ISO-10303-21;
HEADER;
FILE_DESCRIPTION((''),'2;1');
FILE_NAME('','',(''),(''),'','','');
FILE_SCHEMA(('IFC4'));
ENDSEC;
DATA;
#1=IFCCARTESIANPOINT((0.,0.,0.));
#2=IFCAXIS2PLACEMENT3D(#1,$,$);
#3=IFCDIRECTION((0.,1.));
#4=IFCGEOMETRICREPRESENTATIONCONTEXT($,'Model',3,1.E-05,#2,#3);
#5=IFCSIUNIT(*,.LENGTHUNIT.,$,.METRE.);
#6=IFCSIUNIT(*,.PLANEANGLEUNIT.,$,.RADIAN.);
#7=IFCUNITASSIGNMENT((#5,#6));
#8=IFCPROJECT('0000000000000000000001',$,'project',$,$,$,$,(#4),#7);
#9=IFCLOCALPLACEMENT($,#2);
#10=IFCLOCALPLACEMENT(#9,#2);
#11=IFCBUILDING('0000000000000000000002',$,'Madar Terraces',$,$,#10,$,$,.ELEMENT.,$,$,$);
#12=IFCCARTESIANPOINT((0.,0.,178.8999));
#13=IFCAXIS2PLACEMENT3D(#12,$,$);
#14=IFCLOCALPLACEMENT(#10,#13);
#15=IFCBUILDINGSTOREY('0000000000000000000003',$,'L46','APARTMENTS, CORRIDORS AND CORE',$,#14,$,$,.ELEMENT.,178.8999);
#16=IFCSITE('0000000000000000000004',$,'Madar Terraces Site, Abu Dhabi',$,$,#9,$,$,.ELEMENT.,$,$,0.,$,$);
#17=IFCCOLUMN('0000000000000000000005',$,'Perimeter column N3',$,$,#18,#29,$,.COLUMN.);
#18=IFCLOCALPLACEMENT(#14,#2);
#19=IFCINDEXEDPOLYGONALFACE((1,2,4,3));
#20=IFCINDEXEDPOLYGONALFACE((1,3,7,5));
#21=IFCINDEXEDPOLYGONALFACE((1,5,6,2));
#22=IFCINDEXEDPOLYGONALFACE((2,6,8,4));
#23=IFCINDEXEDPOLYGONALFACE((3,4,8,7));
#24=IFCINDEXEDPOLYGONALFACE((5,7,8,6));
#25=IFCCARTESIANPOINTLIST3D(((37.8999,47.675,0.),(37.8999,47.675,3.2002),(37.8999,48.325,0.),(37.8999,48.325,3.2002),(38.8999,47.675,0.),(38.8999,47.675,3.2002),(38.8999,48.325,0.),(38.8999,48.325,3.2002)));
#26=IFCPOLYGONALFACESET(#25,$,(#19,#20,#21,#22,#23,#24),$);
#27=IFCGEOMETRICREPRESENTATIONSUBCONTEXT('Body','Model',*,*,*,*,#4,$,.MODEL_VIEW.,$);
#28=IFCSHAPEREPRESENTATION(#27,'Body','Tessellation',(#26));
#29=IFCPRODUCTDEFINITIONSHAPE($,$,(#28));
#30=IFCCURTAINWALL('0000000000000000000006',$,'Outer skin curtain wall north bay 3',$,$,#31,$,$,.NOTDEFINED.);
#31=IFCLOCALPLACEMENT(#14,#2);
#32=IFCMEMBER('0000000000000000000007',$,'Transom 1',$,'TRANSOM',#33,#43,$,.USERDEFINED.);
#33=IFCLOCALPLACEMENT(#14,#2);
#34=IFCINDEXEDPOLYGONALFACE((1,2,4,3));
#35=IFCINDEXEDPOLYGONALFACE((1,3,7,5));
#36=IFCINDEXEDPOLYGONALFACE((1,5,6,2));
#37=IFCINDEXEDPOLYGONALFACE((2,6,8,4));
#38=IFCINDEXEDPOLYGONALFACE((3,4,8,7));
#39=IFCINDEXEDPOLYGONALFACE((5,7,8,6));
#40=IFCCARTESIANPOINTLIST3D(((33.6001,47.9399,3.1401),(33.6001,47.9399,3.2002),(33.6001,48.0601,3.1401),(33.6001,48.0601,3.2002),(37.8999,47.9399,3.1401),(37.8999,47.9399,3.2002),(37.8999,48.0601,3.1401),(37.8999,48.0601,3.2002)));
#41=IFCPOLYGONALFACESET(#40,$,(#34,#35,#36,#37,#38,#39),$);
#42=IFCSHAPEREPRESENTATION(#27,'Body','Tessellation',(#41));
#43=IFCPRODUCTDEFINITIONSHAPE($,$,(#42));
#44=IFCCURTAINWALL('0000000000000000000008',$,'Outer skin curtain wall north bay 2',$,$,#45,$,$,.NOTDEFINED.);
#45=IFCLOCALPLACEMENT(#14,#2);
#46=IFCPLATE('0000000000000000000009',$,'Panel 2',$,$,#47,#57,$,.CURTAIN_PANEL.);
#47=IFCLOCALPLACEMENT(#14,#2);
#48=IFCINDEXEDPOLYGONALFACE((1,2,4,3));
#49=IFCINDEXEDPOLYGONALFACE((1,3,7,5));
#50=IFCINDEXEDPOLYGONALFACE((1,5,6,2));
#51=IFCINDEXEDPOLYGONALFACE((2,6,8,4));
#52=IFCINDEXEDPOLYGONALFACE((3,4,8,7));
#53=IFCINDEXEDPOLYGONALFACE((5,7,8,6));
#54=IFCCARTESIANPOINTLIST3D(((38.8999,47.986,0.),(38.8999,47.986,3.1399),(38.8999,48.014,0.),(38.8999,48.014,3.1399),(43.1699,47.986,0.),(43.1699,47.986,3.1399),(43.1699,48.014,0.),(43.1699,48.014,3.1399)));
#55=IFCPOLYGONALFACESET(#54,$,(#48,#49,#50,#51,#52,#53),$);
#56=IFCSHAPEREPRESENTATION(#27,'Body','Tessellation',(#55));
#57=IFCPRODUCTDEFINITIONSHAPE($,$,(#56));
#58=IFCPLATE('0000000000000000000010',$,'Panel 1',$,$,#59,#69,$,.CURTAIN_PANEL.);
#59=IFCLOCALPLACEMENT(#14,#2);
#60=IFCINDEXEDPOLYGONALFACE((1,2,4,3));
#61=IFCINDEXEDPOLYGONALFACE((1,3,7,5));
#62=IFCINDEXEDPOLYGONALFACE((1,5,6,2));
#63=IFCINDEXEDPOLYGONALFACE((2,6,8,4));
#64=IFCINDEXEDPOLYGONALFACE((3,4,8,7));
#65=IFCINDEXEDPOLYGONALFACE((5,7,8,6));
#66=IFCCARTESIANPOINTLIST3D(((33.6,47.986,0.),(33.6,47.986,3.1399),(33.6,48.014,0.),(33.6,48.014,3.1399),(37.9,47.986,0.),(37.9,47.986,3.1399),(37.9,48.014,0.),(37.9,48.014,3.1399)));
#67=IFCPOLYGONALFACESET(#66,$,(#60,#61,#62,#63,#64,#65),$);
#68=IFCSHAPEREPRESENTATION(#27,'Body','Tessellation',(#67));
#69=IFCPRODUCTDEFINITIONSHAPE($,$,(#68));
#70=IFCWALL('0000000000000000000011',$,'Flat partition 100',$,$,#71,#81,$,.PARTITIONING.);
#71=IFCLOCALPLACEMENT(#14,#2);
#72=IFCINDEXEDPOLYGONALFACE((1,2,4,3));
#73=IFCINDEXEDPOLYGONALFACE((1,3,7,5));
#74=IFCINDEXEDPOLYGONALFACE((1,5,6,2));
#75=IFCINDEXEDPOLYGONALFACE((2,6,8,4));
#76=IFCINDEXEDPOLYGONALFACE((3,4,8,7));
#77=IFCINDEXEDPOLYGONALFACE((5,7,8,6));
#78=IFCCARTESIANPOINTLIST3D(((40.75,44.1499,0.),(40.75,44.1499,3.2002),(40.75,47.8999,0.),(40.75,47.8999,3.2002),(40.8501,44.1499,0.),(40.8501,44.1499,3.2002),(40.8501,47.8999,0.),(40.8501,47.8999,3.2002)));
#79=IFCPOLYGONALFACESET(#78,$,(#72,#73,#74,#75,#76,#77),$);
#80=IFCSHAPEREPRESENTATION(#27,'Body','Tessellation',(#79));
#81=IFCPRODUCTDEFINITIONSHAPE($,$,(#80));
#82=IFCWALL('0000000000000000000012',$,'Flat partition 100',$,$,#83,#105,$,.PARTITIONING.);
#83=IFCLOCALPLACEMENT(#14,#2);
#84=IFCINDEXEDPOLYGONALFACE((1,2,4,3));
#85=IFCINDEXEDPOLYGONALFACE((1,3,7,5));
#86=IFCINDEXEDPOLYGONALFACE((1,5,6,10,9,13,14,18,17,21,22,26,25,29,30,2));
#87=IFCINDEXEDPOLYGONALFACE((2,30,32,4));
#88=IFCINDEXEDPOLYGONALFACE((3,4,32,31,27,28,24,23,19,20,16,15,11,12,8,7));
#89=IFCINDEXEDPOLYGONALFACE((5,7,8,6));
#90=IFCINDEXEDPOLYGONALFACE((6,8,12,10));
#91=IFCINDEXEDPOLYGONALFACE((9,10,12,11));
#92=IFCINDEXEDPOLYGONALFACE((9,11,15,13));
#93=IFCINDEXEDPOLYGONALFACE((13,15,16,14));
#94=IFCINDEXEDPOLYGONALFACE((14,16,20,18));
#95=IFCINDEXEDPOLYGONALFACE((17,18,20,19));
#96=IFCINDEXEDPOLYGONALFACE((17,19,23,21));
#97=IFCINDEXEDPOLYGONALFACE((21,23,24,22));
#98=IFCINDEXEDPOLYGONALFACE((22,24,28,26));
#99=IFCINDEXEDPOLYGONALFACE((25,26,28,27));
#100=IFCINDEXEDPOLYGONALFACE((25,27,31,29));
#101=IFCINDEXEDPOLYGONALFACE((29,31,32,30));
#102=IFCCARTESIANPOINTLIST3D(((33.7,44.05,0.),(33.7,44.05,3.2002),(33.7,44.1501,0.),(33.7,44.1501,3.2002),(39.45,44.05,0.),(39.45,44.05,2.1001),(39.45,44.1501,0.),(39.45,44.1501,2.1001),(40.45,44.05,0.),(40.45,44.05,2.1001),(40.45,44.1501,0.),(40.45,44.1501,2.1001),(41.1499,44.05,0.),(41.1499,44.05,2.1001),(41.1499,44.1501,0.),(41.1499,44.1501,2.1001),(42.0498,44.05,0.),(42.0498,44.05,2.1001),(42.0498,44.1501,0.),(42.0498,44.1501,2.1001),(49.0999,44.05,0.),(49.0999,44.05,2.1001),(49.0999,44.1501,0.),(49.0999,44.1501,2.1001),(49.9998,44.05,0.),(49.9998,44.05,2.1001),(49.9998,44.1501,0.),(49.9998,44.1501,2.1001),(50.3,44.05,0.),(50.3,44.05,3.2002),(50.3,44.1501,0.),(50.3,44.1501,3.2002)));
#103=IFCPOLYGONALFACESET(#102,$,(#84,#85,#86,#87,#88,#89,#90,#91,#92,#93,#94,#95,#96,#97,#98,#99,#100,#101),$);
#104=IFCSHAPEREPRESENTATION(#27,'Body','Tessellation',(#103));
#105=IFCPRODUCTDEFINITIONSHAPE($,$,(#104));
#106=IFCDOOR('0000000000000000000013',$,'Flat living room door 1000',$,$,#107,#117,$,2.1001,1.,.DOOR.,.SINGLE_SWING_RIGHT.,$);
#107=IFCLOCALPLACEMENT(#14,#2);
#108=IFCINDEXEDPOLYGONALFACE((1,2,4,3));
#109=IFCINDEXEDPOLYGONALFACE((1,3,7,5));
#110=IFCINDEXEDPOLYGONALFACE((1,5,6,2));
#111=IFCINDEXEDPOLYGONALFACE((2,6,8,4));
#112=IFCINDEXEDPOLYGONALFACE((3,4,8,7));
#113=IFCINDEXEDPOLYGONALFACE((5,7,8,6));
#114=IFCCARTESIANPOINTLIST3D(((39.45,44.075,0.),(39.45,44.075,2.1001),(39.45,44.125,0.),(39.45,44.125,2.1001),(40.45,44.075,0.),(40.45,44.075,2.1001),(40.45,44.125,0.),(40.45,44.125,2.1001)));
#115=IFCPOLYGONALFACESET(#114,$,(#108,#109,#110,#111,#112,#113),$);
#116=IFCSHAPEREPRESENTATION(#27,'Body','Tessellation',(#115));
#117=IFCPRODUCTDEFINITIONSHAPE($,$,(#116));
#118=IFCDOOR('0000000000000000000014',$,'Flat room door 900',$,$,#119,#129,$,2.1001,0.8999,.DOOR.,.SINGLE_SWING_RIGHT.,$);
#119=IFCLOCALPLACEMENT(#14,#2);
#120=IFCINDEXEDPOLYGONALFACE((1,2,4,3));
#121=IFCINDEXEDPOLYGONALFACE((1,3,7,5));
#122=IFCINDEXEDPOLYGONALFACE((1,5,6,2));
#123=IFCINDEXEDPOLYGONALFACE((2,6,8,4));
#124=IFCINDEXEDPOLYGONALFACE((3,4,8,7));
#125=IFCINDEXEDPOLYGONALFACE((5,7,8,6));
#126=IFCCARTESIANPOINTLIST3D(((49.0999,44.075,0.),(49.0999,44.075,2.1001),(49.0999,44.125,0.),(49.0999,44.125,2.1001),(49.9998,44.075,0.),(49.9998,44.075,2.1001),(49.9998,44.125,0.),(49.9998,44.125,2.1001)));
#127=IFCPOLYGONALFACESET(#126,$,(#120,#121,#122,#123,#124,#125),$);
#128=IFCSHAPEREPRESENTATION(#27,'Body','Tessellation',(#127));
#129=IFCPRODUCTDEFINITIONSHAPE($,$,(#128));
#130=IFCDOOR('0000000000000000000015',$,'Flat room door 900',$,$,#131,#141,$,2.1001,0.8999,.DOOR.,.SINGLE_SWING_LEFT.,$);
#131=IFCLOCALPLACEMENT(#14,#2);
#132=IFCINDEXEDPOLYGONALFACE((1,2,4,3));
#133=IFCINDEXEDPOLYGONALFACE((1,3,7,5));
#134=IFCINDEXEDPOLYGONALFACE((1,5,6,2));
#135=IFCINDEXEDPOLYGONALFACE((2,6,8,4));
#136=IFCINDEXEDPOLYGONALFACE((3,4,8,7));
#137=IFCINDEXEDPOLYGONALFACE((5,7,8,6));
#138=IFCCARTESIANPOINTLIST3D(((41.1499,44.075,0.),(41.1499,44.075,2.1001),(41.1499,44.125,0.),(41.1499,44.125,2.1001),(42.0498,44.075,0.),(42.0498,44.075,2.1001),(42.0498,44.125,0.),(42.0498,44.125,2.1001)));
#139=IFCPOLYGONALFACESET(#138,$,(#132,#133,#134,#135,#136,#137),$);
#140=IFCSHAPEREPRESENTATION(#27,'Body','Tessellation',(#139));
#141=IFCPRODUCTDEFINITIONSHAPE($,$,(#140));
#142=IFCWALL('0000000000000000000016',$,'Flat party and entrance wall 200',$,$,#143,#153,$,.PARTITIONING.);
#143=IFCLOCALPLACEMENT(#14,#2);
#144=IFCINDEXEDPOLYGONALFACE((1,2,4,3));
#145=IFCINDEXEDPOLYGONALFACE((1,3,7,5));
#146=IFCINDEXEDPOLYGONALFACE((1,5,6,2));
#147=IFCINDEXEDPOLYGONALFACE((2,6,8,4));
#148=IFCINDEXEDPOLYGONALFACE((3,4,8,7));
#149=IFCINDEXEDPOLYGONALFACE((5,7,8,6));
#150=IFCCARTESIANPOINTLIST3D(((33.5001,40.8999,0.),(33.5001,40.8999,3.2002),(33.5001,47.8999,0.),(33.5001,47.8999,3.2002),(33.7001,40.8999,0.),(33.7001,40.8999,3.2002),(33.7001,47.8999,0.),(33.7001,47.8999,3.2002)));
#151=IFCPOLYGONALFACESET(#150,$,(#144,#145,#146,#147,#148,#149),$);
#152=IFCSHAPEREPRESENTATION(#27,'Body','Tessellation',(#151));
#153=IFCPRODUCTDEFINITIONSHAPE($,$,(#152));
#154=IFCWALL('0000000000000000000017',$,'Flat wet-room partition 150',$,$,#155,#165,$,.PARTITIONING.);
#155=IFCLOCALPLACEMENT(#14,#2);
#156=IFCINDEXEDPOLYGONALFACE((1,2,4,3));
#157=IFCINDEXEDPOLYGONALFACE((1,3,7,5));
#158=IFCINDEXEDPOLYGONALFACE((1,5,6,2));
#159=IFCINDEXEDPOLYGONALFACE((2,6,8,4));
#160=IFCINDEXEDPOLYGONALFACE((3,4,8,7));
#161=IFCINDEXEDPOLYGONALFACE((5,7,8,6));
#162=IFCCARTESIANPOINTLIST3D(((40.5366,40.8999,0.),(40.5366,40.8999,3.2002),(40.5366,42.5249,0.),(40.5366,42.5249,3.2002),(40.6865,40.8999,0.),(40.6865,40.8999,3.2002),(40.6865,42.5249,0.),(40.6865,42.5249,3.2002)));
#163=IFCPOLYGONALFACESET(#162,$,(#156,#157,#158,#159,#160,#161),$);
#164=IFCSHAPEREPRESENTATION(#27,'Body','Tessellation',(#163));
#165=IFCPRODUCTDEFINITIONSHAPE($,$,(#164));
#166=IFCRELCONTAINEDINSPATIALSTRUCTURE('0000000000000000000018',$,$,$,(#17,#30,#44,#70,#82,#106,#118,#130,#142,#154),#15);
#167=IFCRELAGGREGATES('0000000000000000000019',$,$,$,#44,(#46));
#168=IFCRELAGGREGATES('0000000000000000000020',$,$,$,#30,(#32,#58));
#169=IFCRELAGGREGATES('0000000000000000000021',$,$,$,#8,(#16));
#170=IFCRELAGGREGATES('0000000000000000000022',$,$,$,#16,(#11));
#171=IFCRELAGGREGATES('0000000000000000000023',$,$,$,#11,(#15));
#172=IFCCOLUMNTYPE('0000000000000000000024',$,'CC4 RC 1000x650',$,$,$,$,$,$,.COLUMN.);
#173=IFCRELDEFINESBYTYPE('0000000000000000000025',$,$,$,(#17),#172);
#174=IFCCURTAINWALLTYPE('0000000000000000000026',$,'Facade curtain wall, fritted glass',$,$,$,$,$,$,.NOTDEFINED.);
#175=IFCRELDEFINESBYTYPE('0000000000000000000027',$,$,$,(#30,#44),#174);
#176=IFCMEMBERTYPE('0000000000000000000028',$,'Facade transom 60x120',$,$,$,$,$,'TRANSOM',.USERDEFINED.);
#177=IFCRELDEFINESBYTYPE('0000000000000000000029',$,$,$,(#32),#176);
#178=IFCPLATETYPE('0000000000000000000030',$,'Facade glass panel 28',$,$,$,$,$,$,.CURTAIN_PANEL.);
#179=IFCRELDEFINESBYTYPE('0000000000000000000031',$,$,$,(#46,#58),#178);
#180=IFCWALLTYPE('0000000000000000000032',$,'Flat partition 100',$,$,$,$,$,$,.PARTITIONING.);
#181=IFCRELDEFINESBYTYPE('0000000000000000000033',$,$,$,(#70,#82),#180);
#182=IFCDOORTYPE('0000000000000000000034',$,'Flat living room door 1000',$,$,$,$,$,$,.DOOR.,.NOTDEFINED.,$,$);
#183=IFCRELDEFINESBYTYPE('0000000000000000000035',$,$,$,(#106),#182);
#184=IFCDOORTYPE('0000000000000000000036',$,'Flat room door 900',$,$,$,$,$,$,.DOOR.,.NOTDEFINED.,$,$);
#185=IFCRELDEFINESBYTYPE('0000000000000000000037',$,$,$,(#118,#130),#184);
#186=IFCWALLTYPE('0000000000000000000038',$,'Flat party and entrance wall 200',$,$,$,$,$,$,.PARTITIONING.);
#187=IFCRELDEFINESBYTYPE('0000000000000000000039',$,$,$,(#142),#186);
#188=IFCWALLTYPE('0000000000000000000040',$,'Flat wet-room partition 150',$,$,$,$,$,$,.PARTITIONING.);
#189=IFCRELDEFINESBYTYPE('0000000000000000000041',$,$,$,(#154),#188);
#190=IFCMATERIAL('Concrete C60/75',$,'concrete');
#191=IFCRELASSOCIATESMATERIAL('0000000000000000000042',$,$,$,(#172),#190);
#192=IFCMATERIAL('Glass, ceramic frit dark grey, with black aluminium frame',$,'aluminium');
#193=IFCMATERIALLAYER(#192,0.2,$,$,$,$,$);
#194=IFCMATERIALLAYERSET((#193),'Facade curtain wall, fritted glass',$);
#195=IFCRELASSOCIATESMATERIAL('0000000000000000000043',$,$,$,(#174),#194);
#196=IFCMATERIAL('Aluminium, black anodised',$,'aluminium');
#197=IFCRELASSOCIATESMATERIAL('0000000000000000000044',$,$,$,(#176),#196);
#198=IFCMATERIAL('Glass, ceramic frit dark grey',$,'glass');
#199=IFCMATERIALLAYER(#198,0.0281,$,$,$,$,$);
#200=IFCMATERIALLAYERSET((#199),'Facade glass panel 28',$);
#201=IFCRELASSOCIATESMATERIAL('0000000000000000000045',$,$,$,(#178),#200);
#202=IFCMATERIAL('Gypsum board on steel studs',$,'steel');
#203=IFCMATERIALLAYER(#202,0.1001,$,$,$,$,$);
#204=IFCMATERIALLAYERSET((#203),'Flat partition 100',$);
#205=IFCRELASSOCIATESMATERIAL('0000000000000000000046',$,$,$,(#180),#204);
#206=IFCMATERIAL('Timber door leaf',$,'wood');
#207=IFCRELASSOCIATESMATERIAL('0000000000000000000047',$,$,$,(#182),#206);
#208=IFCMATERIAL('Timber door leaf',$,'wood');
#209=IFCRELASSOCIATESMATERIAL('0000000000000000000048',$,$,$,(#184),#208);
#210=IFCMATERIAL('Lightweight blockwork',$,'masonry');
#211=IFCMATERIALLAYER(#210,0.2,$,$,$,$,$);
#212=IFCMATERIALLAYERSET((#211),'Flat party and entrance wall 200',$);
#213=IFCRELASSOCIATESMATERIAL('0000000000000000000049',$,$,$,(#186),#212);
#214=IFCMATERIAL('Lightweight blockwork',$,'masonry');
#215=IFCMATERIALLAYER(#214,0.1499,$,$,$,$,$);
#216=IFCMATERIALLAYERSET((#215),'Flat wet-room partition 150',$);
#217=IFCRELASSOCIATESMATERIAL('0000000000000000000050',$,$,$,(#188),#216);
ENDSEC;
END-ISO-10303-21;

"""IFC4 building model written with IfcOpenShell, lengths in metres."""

from ifc_helpers import new_model, si_unit, direction, frame, frame_2d, origin, origin_2d, place, context, subcontext, project, spatial, rectangle, extrude, material, layer, layer_set, material_profile, profile_set, type_object, element, fill, aggregate, save


model = new_model("IFC4")

# Units and contexts
model_context = context("Model", 3, precision=1e-05, world=origin(), true_north=direction((0.0, 1.0)))
body_context = subcontext(model_context, "Body", "Model", "MODEL_VIEW")
ifc_project = project(units=[si_unit("LENGTHUNIT", "METRE"), si_unit("PLANEANGLEUNIT", "RADIAN")], contexts=[model_context])

# Site, building, storey
site_placement = place(None, origin())
site = spatial("IfcSite", under=ifc_project, at=site_placement, Name="Madar Terraces Site, Abu Dhabi", CompositionType="ELEMENT", RefElevation=0.0)
building_placement = place(site_placement, origin())
building = spatial("IfcBuilding", under=site, at=building_placement, Name="Madar Terraces", CompositionType="ELEMENT")
storey_placement = place(building_placement, frame((0.0, 0.0, 178.8999)))
storey = spatial("IfcBuildingStorey", under=building, at=storey_placement, Name="L46", Description="APARTMENTS, CORRIDORS AND CORE", CompositionType="ELEMENT", Elevation=178.8999)

# Column
ifc_material_1 = material(Name="Concrete C60/75", Category="concrete")
ifc_material_profile_1 = material_profile(ifc_material_1, rectangle(XDim=1.0, YDim=0.6499, at=origin_2d()), Name="CC4 RC 1000x650")
ifc_profile_set_1 = profile_set([ifc_material_profile_1], Name="Concrete C60/75")
column_type = type_object("IfcColumnType", Name="CC4 RC 1000x650", PredefinedType="COLUMN", material=ifc_profile_set_1)
column_placement = place(storey_placement, frame((38.3999, 48.0, 0.0), z_axis=(0.0, 0.0, 1.0), x_axis=(1.0, 0.0, 0.0)))
element("IfcColumn", 1, at=column_placement, inside=storey, type_object=column_type, Name="Perimeter column N3", PredefinedType="COLUMN", context=body_context, shape_type="SweptSolid", body=[
    extrude(rectangle(XDim=1.0, YDim=0.6499, at=origin_2d()), origin(), (0.0, 0.0, 1.0), 3.2002),
])

# Curtain wall, member
ifc_material_2 = material(Name="Glass, ceramic frit dark grey, with black aluminium frame", Category="aluminium")
ifc_layer_1 = layer(ifc_material_2, 0.2)
ifc_layer_set_1 = layer_set([ifc_layer_1], Name="Facade curtain wall, fritted glass")
curtain_wall_type = type_object("IfcCurtainWallType", Name="Facade curtain wall, fritted glass", PredefinedType="NOTDEFINED", material=ifc_layer_set_1)
curtain_wall_1_placement = place(storey_placement, origin())
curtain_wall_1 = element("IfcCurtainWall", 2, at=curtain_wall_1_placement, inside=storey, type_object=curtain_wall_type, Name="Outer skin curtain wall north bay 3", PredefinedType="NOTDEFINED")
ifc_material_3 = material(Name="Aluminium, black anodised", Category="aluminium")
ifc_material_profile_2 = material_profile(ifc_material_3, rectangle(XDim=0.1201, YDim=0.0601, at=origin_2d()), Name="Facade transom 60x120")
ifc_profile_set_2 = profile_set([ifc_material_profile_2], Name="Aluminium, black anodised")
member_type = type_object("IfcMemberType", Name="Facade transom 60x120", ElementType="TRANSOM", PredefinedType="USERDEFINED", material=ifc_profile_set_2)
member_placement = place(storey_placement, frame((37.8999, 48.0, 3.1702), z_axis=(-1.0, 0.0, 0.0), x_axis=(0.0, -1.0, 0.0)))
member = element("IfcMember", 3, at=member_placement, type_object=member_type, Name="Transom 1", ObjectType="TRANSOM", PredefinedType="USERDEFINED", context=body_context, shape_type="SweptSolid", body=[
    extrude(rectangle(XDim=0.1201, YDim=0.0601, at=origin_2d()), origin(), (0.0, 0.0, 1.0), 4.2998),
])

# Curtain wall, plate
curtain_wall_2_placement = place(storey_placement, origin())
curtain_wall_2 = element("IfcCurtainWall", 4, at=curtain_wall_2_placement, inside=storey, type_object=curtain_wall_type, Name="Outer skin curtain wall north bay 2", PredefinedType="NOTDEFINED")
ifc_material_4 = material(Name="Glass, ceramic frit dark grey", Category="glass")
ifc_layer_2 = layer(ifc_material_4, 0.0281)
ifc_layer_set_2 = layer_set([ifc_layer_2], Name="Facade glass panel 28")
plate_type = type_object("IfcPlateType", Name="Facade glass panel 28", PredefinedType="CURTAIN_PANEL", material=ifc_layer_set_2)
plate_1_placement = place(storey_placement, frame((41.0349, 48.0, 0.0), z_axis=(0.0, 0.0, 1.0), x_axis=(-1.0, 0.0, 0.0)))
plate_1 = element("IfcPlate", 5, at=plate_1_placement, type_object=plate_type, Name="Panel 2", PredefinedType="CURTAIN_PANEL", context=body_context, shape_type="SweptSolid", body=[
    extrude(rectangle(XDim=4.27, YDim=0.0281, at=origin_2d()), origin(), (0.0, 0.0, 1.0), 3.1399),
])
aggregate(curtain_wall_2, [plate_1])

# Plate
plate_2_placement = place(storey_placement, frame((35.75, 48.0, 0.0), z_axis=(0.0, 0.0, 1.0), x_axis=(-1.0, 0.0, 0.0)))
plate_2 = element("IfcPlate", 6, at=plate_2_placement, type_object=plate_type, Name="Panel 1", PredefinedType="CURTAIN_PANEL", context=body_context, shape_type="SweptSolid", body=[
    extrude(rectangle(XDim=4.3, YDim=0.0281, at=origin_2d()), origin(), (0.0, 0.0, 1.0), 3.1399),
])
aggregate(curtain_wall_1, [member, plate_2])

# Wall
ifc_material_5 = material(Name="Gypsum board on steel studs", Category="steel")
ifc_layer_3 = layer(ifc_material_5, 0.1001)
ifc_layer_set_3 = layer_set([ifc_layer_3], Name="Flat partition 100")
wall_type_1 = type_object("IfcWallType", Name="Flat partition 100", PredefinedType="PARTITIONING", material=ifc_layer_set_3)
wall_1_placement = place(storey_placement, frame((40.8, 44.1499, 0.0), z_axis=(0.0, 0.0, 1.0), x_axis=(0.0, 1.0, 0.0)))
element("IfcWall", 7, at=wall_1_placement, inside=storey, type_object=wall_type_1, Name="Flat partition 100", PredefinedType="PARTITIONING", context=body_context, shape_type="SweptSolid", body=[
    extrude(rectangle(XDim=3.75, YDim=0.1001, at=frame_2d((1.875, 0.0))), origin(), (0.0, 0.0, 1.0), 3.2002),
])

# Wall, openings, doors
wall_2_placement = place(storey_placement, frame((33.7, 44.1001, 0.0), z_axis=(0.0, 0.0, 1.0), x_axis=(1.0, 0.0, 0.0)))
wall_2 = element("IfcWall", 8, at=wall_2_placement, inside=storey, type_object=wall_type_1, Name="Flat partition 100", PredefinedType="PARTITIONING", context=body_context, shape_type="SweptSolid", body=[
    extrude(rectangle(XDim=16.6001, YDim=0.1001, at=frame_2d((8.3, 0.0))), origin(), (0.0, 0.0, 1.0), 3.2002),
])
opening_1_placement = place(wall_2_placement, frame((15.3999, 0.0, 0.0)))
opening_1 = element("IfcOpeningElement", 9, at=opening_1_placement, cuts=wall_2, PredefinedType="OPENING", context=body_context, shape_type="SweptSolid", body=[
    extrude(rectangle(XDim=0.8999, YDim=2.1001, at=frame_2d((0.45, 1.05))), frame((0.0, 0.0601, 0.0), z_axis=(0.0, -1.0, 0.0), x_axis=(1.0, 0.0, 0.0)), (0.0, 0.0, 1.0), 0.1201),
])
opening_2_placement = place(wall_2_placement, frame((7.45, 0.0, 0.0)))
opening_2 = element("IfcOpeningElement", 10, at=opening_2_placement, cuts=wall_2, PredefinedType="OPENING", context=body_context, shape_type="SweptSolid", body=[
    extrude(rectangle(XDim=0.8999, YDim=2.1001, at=frame_2d((0.45, 1.05))), frame((0.0, 0.0601, 0.0), z_axis=(0.0, -1.0, 0.0), x_axis=(1.0, 0.0, 0.0)), (0.0, 0.0, 1.0), 0.1201),
])
opening_3_placement = place(wall_2_placement, frame((5.75, 0.0, 0.0)))
opening_3 = element("IfcOpeningElement", 11, at=opening_3_placement, cuts=wall_2, PredefinedType="OPENING", context=body_context, shape_type="SweptSolid", body=[
    extrude(rectangle(XDim=1.0, YDim=2.1001, at=frame_2d((0.5, 1.05))), frame((0.0, 0.0601, 0.0), z_axis=(0.0, -1.0, 0.0), x_axis=(1.0, 0.0, 0.0)), (0.0, 0.0, 1.0), 0.1201),
])
ifc_material_6 = material(Name="Timber door leaf", Category="wood")
door_type_1 = type_object("IfcDoorType", Name="Flat living room door 1000", OperationType="NOTDEFINED", PredefinedType="DOOR", material=ifc_material_6)
door_1_placement = place(opening_3_placement, origin())
door_1 = element("IfcDoor", 12, at=door_1_placement, inside=storey, type_object=door_type_1, Name="Flat living room door 1000", OperationType="SINGLE_SWING_RIGHT", OverallHeight=2.1001, OverallWidth=1.0, PredefinedType="DOOR", context=body_context, shape_type="SweptSolid", body=[
    extrude(rectangle(XDim=1.0, YDim=2.1001, at=frame_2d((0.5, 1.05))), frame((0.0, 0.0249, 0.0), z_axis=(0.0, -1.0, 0.0), x_axis=(1.0, 0.0, 0.0)), (0.0, 0.0, 1.0), 0.05),
])
fill(opening_3, door_1)
ifc_material_7 = material(Name="Timber door leaf", Category="wood")
door_type_2 = type_object("IfcDoorType", Name="Flat room door 900", OperationType="NOTDEFINED", PredefinedType="DOOR", material=ifc_material_7)
door_2_placement = place(opening_1_placement, origin())
door_2 = element("IfcDoor", 13, at=door_2_placement, inside=storey, type_object=door_type_2, Name="Flat room door 900", OperationType="SINGLE_SWING_RIGHT", OverallHeight=2.1001, OverallWidth=0.8999, PredefinedType="DOOR", context=body_context, shape_type="SweptSolid", body=[
    extrude(rectangle(XDim=0.8999, YDim=2.1001, at=frame_2d((0.45, 1.05))), frame((0.0, 0.0249, 0.0), z_axis=(0.0, -1.0, 0.0), x_axis=(1.0, 0.0, 0.0)), (0.0, 0.0, 1.0), 0.05),
])
fill(opening_1, door_2)
door_3_placement = place(opening_2_placement, origin())
door_3 = element("IfcDoor", 14, at=door_3_placement, inside=storey, type_object=door_type_2, Name="Flat room door 900", OperationType="SINGLE_SWING_LEFT", OverallHeight=2.1001, OverallWidth=0.8999, PredefinedType="DOOR", context=body_context, shape_type="SweptSolid", body=[
    extrude(rectangle(XDim=0.8999, YDim=2.1001, at=frame_2d((0.45, 1.05))), frame((0.0, 0.0249, 0.0), z_axis=(0.0, -1.0, 0.0), x_axis=(1.0, 0.0, 0.0)), (0.0, 0.0, 1.0), 0.05),
])
fill(opening_2, door_3)

# Walls
ifc_material_8 = material(Name="Lightweight blockwork", Category="masonry")
ifc_layer_4 = layer(ifc_material_8, 0.2)
ifc_layer_set_4 = layer_set([ifc_layer_4], Name="Flat party and entrance wall 200")
wall_type_2 = type_object("IfcWallType", Name="Flat party and entrance wall 200", PredefinedType="PARTITIONING", material=ifc_layer_set_4)
wall_3_placement = place(storey_placement, frame((33.6001, 47.8999, 0.0), z_axis=(0.0, 0.0, 1.0), x_axis=(0.0, -1.0, 0.0)))
element("IfcWall", 15, at=wall_3_placement, inside=storey, type_object=wall_type_2, Name="Flat party and entrance wall 200", PredefinedType="PARTITIONING", context=body_context, shape_type="SweptSolid", body=[
    extrude(rectangle(XDim=7.0, YDim=0.2, at=frame_2d((3.5, 0.0))), origin(), (0.0, 0.0, 1.0), 3.2002),
])
ifc_material_9 = material(Name="Lightweight blockwork", Category="masonry")
ifc_layer_5 = layer(ifc_material_9, 0.1499)
ifc_layer_set_5 = layer_set([ifc_layer_5], Name="Flat wet-room partition 150")
wall_type_3 = type_object("IfcWallType", Name="Flat wet-room partition 150", PredefinedType="PARTITIONING", material=ifc_layer_set_5)
wall_4_placement = place(storey_placement, frame((40.6116, 40.8999, 0.0), z_axis=(0.0, 0.0, 1.0), x_axis=(0.0, 1.0, 0.0)))
element("IfcWall", 16, at=wall_4_placement, inside=storey, type_object=wall_type_3, Name="Flat wet-room partition 150", PredefinedType="PARTITIONING", context=body_context, shape_type="SweptSolid", body=[
    extrude(rectangle(XDim=1.625, YDim=0.1499, at=frame_2d((0.8125, 0.0))), origin(), (0.0, 0.0, 1.0), 3.2002),
])

save(model, "model.ifc")
